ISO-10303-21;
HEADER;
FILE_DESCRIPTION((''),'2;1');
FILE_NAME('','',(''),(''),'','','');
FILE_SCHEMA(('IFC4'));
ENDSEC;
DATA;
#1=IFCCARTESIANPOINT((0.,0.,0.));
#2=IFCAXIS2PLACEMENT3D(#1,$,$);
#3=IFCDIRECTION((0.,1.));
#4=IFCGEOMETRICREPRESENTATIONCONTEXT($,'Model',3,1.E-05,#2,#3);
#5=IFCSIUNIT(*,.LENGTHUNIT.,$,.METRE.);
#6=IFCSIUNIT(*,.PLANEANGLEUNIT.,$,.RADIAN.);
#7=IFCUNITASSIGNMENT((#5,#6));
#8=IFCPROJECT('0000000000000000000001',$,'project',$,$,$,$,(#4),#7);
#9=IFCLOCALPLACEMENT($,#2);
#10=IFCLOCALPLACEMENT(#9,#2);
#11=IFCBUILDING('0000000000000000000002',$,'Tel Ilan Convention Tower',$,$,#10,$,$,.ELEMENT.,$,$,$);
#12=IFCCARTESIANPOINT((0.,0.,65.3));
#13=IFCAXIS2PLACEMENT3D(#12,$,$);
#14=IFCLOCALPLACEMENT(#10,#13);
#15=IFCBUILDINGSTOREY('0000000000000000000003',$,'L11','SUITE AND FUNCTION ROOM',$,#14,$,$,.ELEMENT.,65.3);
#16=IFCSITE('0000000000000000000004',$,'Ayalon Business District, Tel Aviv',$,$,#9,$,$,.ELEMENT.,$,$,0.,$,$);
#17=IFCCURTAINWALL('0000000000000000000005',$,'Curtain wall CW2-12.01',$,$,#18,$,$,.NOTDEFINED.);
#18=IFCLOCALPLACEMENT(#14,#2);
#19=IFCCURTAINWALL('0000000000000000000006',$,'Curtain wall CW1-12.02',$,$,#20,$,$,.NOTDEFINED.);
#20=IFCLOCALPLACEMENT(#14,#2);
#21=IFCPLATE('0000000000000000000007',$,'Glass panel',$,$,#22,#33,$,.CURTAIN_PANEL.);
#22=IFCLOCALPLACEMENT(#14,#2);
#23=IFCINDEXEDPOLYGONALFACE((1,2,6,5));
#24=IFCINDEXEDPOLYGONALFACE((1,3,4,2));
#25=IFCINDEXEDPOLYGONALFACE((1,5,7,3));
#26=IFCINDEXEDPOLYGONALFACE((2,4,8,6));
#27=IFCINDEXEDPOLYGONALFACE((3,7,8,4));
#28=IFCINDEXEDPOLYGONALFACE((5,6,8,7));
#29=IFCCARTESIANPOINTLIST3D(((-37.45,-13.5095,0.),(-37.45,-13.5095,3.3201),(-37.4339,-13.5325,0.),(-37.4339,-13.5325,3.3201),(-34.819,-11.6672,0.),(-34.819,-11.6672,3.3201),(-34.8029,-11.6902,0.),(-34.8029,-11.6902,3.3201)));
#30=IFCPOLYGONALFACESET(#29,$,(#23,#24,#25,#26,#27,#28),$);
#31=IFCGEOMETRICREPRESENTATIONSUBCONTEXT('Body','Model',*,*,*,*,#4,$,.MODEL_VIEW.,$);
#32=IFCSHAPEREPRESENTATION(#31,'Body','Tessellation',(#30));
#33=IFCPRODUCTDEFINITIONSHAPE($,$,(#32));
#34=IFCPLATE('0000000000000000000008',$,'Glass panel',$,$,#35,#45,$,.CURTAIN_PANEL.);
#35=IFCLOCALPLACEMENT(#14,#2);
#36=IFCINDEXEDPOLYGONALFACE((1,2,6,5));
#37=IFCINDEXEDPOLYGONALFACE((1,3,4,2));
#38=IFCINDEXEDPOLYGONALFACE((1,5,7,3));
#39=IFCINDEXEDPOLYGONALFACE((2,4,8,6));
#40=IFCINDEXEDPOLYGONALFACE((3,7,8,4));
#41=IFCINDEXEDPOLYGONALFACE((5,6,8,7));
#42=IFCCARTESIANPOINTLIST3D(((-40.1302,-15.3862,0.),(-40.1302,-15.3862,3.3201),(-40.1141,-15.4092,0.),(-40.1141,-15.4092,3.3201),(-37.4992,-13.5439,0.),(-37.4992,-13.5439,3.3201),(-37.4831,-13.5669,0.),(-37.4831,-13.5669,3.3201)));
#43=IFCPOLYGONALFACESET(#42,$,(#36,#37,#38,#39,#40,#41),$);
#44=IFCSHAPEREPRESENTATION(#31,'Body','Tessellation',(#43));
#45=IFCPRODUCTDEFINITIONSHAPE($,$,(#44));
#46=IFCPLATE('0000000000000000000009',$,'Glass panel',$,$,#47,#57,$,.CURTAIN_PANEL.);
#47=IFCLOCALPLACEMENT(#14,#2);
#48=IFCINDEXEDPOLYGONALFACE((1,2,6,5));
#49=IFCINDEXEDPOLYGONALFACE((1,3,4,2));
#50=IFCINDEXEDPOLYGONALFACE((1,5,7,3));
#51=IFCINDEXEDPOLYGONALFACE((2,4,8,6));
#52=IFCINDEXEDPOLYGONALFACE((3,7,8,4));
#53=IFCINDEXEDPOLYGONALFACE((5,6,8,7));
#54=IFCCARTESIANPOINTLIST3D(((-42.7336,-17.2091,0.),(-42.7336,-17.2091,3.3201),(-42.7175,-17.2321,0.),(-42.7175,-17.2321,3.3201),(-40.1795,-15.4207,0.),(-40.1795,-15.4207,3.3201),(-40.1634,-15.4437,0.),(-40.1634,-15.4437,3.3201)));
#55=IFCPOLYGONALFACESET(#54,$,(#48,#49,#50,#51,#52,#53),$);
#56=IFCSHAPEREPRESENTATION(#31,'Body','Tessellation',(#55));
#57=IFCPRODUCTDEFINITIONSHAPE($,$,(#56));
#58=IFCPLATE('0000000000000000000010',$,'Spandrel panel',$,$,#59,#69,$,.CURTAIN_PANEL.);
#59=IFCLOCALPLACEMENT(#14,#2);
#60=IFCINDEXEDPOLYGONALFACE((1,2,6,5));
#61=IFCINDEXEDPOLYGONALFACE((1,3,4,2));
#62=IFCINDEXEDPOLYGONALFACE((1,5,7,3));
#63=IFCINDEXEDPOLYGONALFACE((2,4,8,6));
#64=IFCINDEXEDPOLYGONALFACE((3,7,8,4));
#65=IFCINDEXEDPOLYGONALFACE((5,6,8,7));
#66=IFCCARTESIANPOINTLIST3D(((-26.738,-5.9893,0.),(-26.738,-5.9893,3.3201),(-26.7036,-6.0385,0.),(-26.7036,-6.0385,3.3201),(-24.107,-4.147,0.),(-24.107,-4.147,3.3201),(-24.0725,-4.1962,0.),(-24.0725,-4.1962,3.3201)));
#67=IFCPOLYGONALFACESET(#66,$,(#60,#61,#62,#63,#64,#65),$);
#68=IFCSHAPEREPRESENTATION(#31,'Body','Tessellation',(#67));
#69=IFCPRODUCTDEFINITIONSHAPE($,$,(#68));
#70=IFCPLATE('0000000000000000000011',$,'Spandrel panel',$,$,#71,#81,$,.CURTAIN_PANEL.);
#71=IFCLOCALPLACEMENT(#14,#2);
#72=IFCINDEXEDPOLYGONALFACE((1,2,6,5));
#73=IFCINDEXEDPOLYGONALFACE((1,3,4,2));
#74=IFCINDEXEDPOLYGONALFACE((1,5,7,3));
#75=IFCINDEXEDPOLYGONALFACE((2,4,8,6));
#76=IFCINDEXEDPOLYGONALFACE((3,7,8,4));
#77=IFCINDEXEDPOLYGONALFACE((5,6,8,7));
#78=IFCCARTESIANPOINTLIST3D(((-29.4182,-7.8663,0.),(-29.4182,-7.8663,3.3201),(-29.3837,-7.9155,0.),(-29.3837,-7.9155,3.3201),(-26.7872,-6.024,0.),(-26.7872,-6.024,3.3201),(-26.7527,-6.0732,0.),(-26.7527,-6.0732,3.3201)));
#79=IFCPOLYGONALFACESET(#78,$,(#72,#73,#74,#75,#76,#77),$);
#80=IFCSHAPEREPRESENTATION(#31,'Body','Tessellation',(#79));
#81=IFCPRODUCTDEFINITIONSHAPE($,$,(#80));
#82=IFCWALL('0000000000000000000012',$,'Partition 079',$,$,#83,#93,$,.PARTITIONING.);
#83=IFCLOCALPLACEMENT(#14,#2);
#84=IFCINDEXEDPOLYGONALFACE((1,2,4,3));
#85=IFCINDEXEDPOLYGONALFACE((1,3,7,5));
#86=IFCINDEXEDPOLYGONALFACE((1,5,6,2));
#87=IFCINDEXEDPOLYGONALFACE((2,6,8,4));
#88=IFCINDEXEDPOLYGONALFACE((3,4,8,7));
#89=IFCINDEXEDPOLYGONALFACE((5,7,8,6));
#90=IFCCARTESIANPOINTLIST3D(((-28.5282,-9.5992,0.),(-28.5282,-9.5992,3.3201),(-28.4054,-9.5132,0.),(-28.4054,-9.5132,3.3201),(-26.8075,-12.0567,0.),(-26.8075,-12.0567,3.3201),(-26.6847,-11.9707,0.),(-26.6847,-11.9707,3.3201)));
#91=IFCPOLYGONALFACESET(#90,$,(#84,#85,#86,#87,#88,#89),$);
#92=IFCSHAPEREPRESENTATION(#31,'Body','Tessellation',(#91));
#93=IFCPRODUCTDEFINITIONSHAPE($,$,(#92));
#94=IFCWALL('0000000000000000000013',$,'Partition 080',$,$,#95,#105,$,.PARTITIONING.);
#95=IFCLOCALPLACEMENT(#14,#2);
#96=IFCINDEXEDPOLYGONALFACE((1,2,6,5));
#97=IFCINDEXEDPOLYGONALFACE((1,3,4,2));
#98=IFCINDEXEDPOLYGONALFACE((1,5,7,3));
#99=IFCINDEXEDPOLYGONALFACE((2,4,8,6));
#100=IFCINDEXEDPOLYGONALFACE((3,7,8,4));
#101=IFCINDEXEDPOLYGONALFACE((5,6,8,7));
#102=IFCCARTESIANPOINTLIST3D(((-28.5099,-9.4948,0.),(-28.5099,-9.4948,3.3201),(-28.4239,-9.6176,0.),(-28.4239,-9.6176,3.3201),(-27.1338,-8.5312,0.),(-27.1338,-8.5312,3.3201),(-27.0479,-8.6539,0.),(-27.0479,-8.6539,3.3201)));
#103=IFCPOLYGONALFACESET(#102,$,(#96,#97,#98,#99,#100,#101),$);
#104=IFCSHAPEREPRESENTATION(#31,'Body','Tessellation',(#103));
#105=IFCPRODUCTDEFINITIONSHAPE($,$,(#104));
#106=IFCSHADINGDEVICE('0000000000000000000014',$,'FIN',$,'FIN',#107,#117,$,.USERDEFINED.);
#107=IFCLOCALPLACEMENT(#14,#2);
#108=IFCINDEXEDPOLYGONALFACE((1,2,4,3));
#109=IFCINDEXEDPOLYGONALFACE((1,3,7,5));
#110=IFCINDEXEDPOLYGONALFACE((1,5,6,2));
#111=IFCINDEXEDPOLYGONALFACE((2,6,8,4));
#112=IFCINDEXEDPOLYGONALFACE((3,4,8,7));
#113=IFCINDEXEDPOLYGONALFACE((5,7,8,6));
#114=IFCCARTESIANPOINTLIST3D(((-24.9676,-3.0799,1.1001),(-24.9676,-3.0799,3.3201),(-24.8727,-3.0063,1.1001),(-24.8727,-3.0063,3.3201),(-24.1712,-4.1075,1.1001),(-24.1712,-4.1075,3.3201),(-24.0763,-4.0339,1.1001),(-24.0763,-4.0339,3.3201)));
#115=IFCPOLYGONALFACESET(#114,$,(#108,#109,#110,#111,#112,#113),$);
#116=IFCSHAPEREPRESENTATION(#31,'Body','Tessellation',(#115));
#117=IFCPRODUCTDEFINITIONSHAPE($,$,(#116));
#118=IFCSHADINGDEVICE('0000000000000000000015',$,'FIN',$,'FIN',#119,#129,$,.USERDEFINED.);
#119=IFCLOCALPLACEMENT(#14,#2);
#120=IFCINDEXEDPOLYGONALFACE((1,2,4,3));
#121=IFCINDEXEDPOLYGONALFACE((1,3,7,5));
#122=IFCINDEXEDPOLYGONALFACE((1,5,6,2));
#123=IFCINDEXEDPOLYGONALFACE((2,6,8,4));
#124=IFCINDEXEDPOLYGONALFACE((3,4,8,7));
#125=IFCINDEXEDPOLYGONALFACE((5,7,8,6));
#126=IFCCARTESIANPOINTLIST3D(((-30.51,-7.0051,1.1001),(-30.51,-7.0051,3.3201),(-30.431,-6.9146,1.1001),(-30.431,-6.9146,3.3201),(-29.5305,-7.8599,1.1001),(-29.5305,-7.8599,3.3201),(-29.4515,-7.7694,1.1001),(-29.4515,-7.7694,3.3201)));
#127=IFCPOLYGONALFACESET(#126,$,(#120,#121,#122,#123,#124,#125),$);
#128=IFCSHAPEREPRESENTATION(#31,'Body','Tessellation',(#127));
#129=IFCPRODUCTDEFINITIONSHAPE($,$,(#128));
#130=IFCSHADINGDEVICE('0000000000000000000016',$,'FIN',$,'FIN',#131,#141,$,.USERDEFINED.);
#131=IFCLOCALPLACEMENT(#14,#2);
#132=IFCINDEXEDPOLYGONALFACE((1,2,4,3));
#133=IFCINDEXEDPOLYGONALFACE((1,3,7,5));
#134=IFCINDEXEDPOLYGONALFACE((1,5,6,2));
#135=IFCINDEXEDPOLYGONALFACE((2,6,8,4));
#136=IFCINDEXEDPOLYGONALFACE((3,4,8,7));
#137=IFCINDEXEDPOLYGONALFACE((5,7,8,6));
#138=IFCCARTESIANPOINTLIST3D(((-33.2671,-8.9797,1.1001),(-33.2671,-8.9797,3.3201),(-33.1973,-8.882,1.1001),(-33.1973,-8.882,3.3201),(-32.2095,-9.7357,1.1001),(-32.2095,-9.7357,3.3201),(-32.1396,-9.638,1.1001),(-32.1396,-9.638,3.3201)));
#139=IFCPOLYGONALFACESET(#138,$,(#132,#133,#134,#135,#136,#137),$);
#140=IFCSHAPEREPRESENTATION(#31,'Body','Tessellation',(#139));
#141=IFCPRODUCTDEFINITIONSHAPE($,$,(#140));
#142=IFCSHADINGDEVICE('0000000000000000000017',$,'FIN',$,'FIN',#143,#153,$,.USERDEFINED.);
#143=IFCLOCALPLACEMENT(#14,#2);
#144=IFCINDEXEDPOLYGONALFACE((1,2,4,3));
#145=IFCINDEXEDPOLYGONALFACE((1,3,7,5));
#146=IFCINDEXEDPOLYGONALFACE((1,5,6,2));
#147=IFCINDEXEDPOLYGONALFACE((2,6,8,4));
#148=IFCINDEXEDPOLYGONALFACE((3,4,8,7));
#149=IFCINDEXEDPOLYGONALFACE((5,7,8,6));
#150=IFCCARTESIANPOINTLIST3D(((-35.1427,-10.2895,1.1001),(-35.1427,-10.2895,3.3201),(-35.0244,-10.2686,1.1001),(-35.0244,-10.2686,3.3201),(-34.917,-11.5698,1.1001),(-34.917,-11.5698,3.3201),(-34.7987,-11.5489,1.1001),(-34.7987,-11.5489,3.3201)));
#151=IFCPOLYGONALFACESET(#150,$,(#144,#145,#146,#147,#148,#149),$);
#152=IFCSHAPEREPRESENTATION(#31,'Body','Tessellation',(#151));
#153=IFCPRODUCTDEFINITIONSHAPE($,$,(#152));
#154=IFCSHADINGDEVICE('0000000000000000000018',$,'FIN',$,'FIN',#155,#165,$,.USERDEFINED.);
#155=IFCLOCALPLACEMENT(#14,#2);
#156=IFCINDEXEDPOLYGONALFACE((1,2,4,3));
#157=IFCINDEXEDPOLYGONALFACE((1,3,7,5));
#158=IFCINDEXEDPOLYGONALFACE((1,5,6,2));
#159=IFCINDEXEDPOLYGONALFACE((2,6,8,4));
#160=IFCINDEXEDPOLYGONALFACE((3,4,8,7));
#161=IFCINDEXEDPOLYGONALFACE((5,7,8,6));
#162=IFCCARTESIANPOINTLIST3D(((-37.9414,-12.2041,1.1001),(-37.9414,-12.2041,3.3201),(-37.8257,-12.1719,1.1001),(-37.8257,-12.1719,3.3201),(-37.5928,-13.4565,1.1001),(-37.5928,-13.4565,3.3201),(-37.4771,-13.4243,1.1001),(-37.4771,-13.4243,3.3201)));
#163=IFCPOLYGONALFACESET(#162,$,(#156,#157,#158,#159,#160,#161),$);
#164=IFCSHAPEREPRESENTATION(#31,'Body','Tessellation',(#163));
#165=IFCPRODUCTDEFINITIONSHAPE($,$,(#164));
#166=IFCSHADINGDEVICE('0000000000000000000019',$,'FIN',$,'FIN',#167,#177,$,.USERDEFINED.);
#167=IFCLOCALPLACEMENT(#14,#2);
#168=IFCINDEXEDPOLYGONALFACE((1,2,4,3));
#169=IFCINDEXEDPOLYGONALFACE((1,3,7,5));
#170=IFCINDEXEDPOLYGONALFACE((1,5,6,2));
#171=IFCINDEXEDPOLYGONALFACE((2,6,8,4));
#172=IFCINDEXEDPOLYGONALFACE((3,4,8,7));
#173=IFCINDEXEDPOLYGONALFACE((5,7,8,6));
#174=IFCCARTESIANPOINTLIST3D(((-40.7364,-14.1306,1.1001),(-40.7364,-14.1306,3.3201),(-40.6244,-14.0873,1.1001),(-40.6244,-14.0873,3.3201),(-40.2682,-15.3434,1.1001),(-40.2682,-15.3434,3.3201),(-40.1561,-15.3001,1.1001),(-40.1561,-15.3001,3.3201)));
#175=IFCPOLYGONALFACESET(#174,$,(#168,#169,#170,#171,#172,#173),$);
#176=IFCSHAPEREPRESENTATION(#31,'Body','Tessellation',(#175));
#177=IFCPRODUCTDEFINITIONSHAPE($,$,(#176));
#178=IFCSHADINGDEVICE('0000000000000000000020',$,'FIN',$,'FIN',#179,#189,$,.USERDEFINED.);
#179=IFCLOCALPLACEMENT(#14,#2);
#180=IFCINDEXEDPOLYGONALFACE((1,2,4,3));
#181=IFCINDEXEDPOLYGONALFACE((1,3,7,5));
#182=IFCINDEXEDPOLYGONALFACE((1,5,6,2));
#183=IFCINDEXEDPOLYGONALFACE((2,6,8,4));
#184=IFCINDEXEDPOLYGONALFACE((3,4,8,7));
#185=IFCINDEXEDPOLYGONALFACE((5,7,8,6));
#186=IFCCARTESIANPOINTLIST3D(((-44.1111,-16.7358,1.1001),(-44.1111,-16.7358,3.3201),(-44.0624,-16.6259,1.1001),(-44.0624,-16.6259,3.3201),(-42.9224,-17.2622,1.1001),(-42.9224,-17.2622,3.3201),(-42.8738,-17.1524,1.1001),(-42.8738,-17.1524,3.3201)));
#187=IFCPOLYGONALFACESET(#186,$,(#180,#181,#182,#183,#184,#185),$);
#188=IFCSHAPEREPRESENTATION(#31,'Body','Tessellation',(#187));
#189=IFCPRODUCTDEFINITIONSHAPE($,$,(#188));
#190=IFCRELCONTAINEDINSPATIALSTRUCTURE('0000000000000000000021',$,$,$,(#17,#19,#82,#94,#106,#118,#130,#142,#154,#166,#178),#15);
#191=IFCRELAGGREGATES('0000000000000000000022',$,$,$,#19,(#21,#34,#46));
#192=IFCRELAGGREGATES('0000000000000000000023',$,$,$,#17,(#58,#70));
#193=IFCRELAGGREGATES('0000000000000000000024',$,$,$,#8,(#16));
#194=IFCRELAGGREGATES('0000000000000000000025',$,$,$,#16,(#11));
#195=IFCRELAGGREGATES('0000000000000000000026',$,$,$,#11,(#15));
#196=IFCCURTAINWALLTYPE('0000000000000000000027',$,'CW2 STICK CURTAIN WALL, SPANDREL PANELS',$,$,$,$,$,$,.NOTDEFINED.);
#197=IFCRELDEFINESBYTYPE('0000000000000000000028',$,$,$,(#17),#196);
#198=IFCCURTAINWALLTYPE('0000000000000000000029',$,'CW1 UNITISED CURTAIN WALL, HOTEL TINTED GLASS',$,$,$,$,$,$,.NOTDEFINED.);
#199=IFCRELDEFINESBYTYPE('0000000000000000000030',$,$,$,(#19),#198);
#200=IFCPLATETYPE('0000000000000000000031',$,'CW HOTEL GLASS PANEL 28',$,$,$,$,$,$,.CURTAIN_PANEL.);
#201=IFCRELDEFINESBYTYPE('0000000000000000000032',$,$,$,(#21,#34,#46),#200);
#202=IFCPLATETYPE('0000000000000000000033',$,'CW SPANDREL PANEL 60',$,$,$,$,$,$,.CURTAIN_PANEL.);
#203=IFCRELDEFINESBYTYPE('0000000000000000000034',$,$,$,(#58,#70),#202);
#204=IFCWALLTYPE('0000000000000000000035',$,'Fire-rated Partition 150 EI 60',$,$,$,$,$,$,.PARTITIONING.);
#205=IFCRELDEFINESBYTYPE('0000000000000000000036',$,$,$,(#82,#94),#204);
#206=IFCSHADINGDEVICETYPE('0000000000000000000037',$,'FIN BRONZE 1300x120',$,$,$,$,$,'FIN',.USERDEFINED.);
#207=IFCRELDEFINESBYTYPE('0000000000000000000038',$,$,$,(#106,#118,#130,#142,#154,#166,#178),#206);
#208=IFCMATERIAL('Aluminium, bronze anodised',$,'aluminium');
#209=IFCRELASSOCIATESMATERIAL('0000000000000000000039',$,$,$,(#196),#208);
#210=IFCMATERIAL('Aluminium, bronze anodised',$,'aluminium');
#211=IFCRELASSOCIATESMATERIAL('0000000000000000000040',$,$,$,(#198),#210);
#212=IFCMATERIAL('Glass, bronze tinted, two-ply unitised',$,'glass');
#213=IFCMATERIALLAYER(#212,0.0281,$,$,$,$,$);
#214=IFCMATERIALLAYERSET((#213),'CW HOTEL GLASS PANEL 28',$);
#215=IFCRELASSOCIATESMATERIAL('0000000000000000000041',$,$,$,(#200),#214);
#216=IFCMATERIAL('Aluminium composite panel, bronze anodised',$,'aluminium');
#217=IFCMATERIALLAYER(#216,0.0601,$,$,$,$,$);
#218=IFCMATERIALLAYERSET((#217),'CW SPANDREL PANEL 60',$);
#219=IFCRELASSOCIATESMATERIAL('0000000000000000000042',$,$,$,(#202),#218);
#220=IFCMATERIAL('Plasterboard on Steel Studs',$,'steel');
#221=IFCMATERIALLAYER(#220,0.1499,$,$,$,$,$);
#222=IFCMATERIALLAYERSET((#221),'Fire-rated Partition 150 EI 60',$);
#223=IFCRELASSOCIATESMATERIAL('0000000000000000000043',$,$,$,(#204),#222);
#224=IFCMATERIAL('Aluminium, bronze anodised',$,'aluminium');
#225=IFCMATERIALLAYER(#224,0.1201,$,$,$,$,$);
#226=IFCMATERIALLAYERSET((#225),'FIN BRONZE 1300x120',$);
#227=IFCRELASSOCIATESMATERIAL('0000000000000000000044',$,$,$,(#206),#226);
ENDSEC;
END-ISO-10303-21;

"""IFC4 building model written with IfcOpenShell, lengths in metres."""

from ifc_helpers import new_model, si_unit, direction, frame, frame_2d, origin, origin_2d, place, context, subcontext, project, spatial, rectangle, extrude, material, layer, layer_set, type_object, element, aggregate, save


model = new_model("IFC4")

# Units and contexts
model_context = context("Model", 3, precision=1e-05, world=origin(), true_north=direction((0.0, 1.0)))
body_context = subcontext(model_context, "Body", "Model", "MODEL_VIEW")
ifc_project = project(units=[si_unit("LENGTHUNIT", "METRE"), si_unit("PLANEANGLEUNIT", "RADIAN")], contexts=[model_context])

# Site, building, storey
site_placement = place(None, origin())
site = spatial("IfcSite", under=ifc_project, at=site_placement, Name="Ayalon Business District, Tel Aviv", CompositionType="ELEMENT", RefElevation=0.0)
building_placement = place(site_placement, origin())
building = spatial("IfcBuilding", under=site, at=building_placement, Name="Tel Ilan Convention Tower", CompositionType="ELEMENT")
storey_placement = place(building_placement, frame((0.0, 0.0, 65.3)))
storey = spatial("IfcBuildingStorey", under=building, at=storey_placement, Name="L11", Description="SUITE AND FUNCTION ROOM", CompositionType="ELEMENT", Elevation=65.3)

# Curtain wall
ifc_material_1 = material(Name="Aluminium, bronze anodised", Category="aluminium")
curtain_wall_type_1 = type_object("IfcCurtainWallType", Name="CW2 STICK CURTAIN WALL, SPANDREL PANELS", PredefinedType="NOTDEFINED", material=ifc_material_1)
curtain_wall_1_placement = place(storey_placement, origin())
curtain_wall_1 = element("IfcCurtainWall", 1, at=curtain_wall_1_placement, inside=storey, type_object=curtain_wall_type_1, Name="Curtain wall CW2-12.01", PredefinedType="NOTDEFINED")

# Curtain wall, plates
ifc_material_2 = material(Name="Aluminium, bronze anodised", Category="aluminium")
curtain_wall_type_2 = type_object("IfcCurtainWallType", Name="CW1 UNITISED CURTAIN WALL, HOTEL TINTED GLASS", PredefinedType="NOTDEFINED", material=ifc_material_2)
curtain_wall_2_placement = place(storey_placement, origin())
curtain_wall_2 = element("IfcCurtainWall", 2, at=curtain_wall_2_placement, inside=storey, type_object=curtain_wall_type_2, Name="Curtain wall CW1-12.02", PredefinedType="NOTDEFINED")
ifc_material_3 = material(Name="Glass, bronze tinted, two-ply unitised", Category="glass")
ifc_layer_1 = layer(ifc_material_3, 0.0281)
ifc_layer_set_1 = layer_set([ifc_layer_1], Name="CW HOTEL GLASS PANEL 28")
plate_type_1 = type_object("IfcPlateType", Name="CW HOTEL GLASS PANEL 28", PredefinedType="CURTAIN_PANEL", material=ifc_layer_set_1)
plate_1_placement = place(storey_placement, frame((-36.1265, -12.5999, 0.0), z_axis=(0.0, 0.0, 1.0), x_axis=(-0.819152, -0.573576, 0.0)))
plate_1 = element("IfcPlate", 3, at=plate_1_placement, type_object=plate_type_1, Name="Glass panel", PredefinedType="CURTAIN_PANEL", context=body_context, shape_type="SweptSolid", body=[
    extrude(rectangle(XDim=3.2119, YDim=0.0281, at=origin_2d()), origin(), (0.0, 0.0, 1.0), 3.3201),
])
plate_2_placement = place(storey_placement, frame((-38.8066, -14.4766, 0.0), z_axis=(0.0, 0.0, 1.0), x_axis=(-0.819152, -0.573576, 0.0)))
plate_2 = element("IfcPlate", 4, at=plate_2_placement, type_object=plate_type_1, Name="Glass panel", PredefinedType="CURTAIN_PANEL", context=body_context, shape_type="SweptSolid", body=[
    extrude(rectangle(XDim=3.2119, YDim=0.0281, at=origin_2d()), origin(), (0.0, 0.0, 1.0), 3.3201),
])
plate_3_placement = place(storey_placement, frame((-41.4485, -16.3264, 0.0), z_axis=(0.0, 0.0, 1.0), x_axis=(-0.819152, -0.573576, 0.0)))
plate_3 = element("IfcPlate", 5, at=plate_3_placement, type_object=plate_type_1, Name="Glass panel", PredefinedType="CURTAIN_PANEL", context=body_context, shape_type="SweptSolid", body=[
    extrude(rectangle(XDim=3.1179, YDim=0.0281, at=origin_2d()), origin(), (0.0, 0.0, 1.0), 3.3201),
])
aggregate(curtain_wall_2, [plate_1, plate_2, plate_3])

# Plates
ifc_material_4 = material(Name="Aluminium composite panel, bronze anodised", Category="aluminium")
ifc_layer_2 = layer(ifc_material_4, 0.0601)
ifc_layer_set_2 = layer_set([ifc_layer_2], Name="CW SPANDREL PANEL 60")
plate_type_2 = type_object("IfcPlateType", Name="CW SPANDREL PANEL 60", PredefinedType="CURTAIN_PANEL", material=ifc_layer_set_2)
plate_4_placement = place(storey_placement, frame((-25.4053, -5.0928, 0.0), z_axis=(0.0, 0.0, 1.0), x_axis=(-0.819152, -0.573576, 0.0)))
plate_4 = element("IfcPlate", 6, at=plate_4_placement, type_object=plate_type_2, Name="Spandrel panel", PredefinedType="CURTAIN_PANEL", context=body_context, shape_type="SweptSolid", body=[
    extrude(rectangle(XDim=3.2119, YDim=0.0601, at=origin_2d()), origin(), (0.0, 0.0, 1.0), 3.3201),
])
plate_5_placement = place(storey_placement, frame((-28.0854, -6.9697, 0.0), z_axis=(0.0, 0.0, 1.0), x_axis=(-0.819152, -0.573576, 0.0)))
plate_5 = element("IfcPlate", 7, at=plate_5_placement, type_object=plate_type_2, Name="Spandrel panel", PredefinedType="CURTAIN_PANEL", context=body_context, shape_type="SweptSolid", body=[
    extrude(rectangle(XDim=3.2119, YDim=0.0601, at=origin_2d()), origin(), (0.0, 0.0, 1.0), 3.3201),
])
aggregate(curtain_wall_1, [plate_4, plate_5])

# Walls
ifc_material_5 = material(Name="Plasterboard on Steel Studs", Category="steel")
ifc_layer_3 = layer(ifc_material_5, 0.1499)
ifc_layer_set_3 = layer_set([ifc_layer_3], Name="Fire-rated Partition 150 EI 60")
wall_type = type_object("IfcWallType", Name="Fire-rated Partition 150 EI 60", PredefinedType="PARTITIONING", material=ifc_layer_set_3)
wall_1_placement = place(storey_placement, frame((-26.7461, -12.0137, 0.0), z_axis=(0.0, 0.0, 1.0), x_axis=(-0.573561, 0.819163, 0.0)))
element("IfcWall", 8, at=wall_1_placement, inside=storey, type_object=wall_type, Name="Partition 079", PredefinedType="PARTITIONING", context=body_context, shape_type="SweptSolid", body=[
    extrude(rectangle(XDim=3.0, YDim=0.1499, at=frame_2d((1.5, 0.0))), origin(), (0.0, 0.0, 1.0), 3.3201),
])
wall_2_placement = place(storey_placement, frame((-28.4668, -9.5562, 0.0), z_axis=(0.0, 0.0, 1.0), x_axis=(0.819109, 0.573638, 0.0)))
element("IfcWall", 9, at=wall_2_placement, inside=storey, type_object=wall_type, Name="Partition 080", PredefinedType="PARTITIONING", context=body_context, shape_type="SweptSolid", body=[
    extrude(rectangle(XDim=1.6799, YDim=0.1499, at=frame_2d((0.8398, 0.0))), origin(), (0.0, 0.0, 1.0), 3.3201),
])

# Shading devices
ifc_material_6 = material(Name="Aluminium, bronze anodised", Category="aluminium")
ifc_layer_4 = layer(ifc_material_6, 0.1201)
ifc_layer_set_4 = layer_set([ifc_layer_4], Name="FIN BRONZE 1300x120")
shading_device_type = type_object("IfcShadingDeviceType", Name="FIN BRONZE 1300x120", ElementType="FIN", PredefinedType="USERDEFINED", material=ifc_layer_set_4)
for number, where, z_axis, x_axis, name in (
    (10, (-24.522, -3.5569, 1.1001), (0.0, 0.0, 1.0), (-0.612601, 0.790393, 0.0), "FIN"),
    (11, (-29.9807, -7.3872, 1.1001), (0.0, 0.0, 1.0), (-0.753436, 0.657521, 0.0), "FIN"),
    (12, (-32.7034, -9.3088, 1.1001), (0.0, 0.0, 1.0), (-0.813552, 0.581492, 0.0), "FIN"),
    (13, (-34.9707, -10.9192, 1.1001), (0.0, 0.0, 1.0), (-0.173648, 0.984808, 0.0), "FIN"),
    (14, (-37.7092, -12.8142, 1.1001), (0.0, 0.0, 1.0), (-0.268173, 0.963371, 0.0), "FIN"),
    (15, (-40.4463, -14.7153, 1.1001), (0.0, 0.0, 1.0), (-0.360178, 0.932884, 0.0), "FIN"),
    (16, (-43.4924, -16.9441, 1.1001), (0.0, 0.0, 1.0), (-0.914333, 0.404964, 0.0), "FIN"),
):
    element("IfcShadingDevice", number, at=place(storey_placement, frame(where, z_axis=z_axis, x_axis=x_axis)), inside=storey, type_object=shading_device_type, Name=name, ObjectType="FIN", PredefinedType="USERDEFINED", context=body_context, shape_type="SweptSolid", body=[
        extrude(rectangle(XDim=1.3, YDim=0.1201, at=origin_2d()), origin(), (0.0, 0.0, 1.0), 2.22),
    ])

save(model, "model.ifc")
